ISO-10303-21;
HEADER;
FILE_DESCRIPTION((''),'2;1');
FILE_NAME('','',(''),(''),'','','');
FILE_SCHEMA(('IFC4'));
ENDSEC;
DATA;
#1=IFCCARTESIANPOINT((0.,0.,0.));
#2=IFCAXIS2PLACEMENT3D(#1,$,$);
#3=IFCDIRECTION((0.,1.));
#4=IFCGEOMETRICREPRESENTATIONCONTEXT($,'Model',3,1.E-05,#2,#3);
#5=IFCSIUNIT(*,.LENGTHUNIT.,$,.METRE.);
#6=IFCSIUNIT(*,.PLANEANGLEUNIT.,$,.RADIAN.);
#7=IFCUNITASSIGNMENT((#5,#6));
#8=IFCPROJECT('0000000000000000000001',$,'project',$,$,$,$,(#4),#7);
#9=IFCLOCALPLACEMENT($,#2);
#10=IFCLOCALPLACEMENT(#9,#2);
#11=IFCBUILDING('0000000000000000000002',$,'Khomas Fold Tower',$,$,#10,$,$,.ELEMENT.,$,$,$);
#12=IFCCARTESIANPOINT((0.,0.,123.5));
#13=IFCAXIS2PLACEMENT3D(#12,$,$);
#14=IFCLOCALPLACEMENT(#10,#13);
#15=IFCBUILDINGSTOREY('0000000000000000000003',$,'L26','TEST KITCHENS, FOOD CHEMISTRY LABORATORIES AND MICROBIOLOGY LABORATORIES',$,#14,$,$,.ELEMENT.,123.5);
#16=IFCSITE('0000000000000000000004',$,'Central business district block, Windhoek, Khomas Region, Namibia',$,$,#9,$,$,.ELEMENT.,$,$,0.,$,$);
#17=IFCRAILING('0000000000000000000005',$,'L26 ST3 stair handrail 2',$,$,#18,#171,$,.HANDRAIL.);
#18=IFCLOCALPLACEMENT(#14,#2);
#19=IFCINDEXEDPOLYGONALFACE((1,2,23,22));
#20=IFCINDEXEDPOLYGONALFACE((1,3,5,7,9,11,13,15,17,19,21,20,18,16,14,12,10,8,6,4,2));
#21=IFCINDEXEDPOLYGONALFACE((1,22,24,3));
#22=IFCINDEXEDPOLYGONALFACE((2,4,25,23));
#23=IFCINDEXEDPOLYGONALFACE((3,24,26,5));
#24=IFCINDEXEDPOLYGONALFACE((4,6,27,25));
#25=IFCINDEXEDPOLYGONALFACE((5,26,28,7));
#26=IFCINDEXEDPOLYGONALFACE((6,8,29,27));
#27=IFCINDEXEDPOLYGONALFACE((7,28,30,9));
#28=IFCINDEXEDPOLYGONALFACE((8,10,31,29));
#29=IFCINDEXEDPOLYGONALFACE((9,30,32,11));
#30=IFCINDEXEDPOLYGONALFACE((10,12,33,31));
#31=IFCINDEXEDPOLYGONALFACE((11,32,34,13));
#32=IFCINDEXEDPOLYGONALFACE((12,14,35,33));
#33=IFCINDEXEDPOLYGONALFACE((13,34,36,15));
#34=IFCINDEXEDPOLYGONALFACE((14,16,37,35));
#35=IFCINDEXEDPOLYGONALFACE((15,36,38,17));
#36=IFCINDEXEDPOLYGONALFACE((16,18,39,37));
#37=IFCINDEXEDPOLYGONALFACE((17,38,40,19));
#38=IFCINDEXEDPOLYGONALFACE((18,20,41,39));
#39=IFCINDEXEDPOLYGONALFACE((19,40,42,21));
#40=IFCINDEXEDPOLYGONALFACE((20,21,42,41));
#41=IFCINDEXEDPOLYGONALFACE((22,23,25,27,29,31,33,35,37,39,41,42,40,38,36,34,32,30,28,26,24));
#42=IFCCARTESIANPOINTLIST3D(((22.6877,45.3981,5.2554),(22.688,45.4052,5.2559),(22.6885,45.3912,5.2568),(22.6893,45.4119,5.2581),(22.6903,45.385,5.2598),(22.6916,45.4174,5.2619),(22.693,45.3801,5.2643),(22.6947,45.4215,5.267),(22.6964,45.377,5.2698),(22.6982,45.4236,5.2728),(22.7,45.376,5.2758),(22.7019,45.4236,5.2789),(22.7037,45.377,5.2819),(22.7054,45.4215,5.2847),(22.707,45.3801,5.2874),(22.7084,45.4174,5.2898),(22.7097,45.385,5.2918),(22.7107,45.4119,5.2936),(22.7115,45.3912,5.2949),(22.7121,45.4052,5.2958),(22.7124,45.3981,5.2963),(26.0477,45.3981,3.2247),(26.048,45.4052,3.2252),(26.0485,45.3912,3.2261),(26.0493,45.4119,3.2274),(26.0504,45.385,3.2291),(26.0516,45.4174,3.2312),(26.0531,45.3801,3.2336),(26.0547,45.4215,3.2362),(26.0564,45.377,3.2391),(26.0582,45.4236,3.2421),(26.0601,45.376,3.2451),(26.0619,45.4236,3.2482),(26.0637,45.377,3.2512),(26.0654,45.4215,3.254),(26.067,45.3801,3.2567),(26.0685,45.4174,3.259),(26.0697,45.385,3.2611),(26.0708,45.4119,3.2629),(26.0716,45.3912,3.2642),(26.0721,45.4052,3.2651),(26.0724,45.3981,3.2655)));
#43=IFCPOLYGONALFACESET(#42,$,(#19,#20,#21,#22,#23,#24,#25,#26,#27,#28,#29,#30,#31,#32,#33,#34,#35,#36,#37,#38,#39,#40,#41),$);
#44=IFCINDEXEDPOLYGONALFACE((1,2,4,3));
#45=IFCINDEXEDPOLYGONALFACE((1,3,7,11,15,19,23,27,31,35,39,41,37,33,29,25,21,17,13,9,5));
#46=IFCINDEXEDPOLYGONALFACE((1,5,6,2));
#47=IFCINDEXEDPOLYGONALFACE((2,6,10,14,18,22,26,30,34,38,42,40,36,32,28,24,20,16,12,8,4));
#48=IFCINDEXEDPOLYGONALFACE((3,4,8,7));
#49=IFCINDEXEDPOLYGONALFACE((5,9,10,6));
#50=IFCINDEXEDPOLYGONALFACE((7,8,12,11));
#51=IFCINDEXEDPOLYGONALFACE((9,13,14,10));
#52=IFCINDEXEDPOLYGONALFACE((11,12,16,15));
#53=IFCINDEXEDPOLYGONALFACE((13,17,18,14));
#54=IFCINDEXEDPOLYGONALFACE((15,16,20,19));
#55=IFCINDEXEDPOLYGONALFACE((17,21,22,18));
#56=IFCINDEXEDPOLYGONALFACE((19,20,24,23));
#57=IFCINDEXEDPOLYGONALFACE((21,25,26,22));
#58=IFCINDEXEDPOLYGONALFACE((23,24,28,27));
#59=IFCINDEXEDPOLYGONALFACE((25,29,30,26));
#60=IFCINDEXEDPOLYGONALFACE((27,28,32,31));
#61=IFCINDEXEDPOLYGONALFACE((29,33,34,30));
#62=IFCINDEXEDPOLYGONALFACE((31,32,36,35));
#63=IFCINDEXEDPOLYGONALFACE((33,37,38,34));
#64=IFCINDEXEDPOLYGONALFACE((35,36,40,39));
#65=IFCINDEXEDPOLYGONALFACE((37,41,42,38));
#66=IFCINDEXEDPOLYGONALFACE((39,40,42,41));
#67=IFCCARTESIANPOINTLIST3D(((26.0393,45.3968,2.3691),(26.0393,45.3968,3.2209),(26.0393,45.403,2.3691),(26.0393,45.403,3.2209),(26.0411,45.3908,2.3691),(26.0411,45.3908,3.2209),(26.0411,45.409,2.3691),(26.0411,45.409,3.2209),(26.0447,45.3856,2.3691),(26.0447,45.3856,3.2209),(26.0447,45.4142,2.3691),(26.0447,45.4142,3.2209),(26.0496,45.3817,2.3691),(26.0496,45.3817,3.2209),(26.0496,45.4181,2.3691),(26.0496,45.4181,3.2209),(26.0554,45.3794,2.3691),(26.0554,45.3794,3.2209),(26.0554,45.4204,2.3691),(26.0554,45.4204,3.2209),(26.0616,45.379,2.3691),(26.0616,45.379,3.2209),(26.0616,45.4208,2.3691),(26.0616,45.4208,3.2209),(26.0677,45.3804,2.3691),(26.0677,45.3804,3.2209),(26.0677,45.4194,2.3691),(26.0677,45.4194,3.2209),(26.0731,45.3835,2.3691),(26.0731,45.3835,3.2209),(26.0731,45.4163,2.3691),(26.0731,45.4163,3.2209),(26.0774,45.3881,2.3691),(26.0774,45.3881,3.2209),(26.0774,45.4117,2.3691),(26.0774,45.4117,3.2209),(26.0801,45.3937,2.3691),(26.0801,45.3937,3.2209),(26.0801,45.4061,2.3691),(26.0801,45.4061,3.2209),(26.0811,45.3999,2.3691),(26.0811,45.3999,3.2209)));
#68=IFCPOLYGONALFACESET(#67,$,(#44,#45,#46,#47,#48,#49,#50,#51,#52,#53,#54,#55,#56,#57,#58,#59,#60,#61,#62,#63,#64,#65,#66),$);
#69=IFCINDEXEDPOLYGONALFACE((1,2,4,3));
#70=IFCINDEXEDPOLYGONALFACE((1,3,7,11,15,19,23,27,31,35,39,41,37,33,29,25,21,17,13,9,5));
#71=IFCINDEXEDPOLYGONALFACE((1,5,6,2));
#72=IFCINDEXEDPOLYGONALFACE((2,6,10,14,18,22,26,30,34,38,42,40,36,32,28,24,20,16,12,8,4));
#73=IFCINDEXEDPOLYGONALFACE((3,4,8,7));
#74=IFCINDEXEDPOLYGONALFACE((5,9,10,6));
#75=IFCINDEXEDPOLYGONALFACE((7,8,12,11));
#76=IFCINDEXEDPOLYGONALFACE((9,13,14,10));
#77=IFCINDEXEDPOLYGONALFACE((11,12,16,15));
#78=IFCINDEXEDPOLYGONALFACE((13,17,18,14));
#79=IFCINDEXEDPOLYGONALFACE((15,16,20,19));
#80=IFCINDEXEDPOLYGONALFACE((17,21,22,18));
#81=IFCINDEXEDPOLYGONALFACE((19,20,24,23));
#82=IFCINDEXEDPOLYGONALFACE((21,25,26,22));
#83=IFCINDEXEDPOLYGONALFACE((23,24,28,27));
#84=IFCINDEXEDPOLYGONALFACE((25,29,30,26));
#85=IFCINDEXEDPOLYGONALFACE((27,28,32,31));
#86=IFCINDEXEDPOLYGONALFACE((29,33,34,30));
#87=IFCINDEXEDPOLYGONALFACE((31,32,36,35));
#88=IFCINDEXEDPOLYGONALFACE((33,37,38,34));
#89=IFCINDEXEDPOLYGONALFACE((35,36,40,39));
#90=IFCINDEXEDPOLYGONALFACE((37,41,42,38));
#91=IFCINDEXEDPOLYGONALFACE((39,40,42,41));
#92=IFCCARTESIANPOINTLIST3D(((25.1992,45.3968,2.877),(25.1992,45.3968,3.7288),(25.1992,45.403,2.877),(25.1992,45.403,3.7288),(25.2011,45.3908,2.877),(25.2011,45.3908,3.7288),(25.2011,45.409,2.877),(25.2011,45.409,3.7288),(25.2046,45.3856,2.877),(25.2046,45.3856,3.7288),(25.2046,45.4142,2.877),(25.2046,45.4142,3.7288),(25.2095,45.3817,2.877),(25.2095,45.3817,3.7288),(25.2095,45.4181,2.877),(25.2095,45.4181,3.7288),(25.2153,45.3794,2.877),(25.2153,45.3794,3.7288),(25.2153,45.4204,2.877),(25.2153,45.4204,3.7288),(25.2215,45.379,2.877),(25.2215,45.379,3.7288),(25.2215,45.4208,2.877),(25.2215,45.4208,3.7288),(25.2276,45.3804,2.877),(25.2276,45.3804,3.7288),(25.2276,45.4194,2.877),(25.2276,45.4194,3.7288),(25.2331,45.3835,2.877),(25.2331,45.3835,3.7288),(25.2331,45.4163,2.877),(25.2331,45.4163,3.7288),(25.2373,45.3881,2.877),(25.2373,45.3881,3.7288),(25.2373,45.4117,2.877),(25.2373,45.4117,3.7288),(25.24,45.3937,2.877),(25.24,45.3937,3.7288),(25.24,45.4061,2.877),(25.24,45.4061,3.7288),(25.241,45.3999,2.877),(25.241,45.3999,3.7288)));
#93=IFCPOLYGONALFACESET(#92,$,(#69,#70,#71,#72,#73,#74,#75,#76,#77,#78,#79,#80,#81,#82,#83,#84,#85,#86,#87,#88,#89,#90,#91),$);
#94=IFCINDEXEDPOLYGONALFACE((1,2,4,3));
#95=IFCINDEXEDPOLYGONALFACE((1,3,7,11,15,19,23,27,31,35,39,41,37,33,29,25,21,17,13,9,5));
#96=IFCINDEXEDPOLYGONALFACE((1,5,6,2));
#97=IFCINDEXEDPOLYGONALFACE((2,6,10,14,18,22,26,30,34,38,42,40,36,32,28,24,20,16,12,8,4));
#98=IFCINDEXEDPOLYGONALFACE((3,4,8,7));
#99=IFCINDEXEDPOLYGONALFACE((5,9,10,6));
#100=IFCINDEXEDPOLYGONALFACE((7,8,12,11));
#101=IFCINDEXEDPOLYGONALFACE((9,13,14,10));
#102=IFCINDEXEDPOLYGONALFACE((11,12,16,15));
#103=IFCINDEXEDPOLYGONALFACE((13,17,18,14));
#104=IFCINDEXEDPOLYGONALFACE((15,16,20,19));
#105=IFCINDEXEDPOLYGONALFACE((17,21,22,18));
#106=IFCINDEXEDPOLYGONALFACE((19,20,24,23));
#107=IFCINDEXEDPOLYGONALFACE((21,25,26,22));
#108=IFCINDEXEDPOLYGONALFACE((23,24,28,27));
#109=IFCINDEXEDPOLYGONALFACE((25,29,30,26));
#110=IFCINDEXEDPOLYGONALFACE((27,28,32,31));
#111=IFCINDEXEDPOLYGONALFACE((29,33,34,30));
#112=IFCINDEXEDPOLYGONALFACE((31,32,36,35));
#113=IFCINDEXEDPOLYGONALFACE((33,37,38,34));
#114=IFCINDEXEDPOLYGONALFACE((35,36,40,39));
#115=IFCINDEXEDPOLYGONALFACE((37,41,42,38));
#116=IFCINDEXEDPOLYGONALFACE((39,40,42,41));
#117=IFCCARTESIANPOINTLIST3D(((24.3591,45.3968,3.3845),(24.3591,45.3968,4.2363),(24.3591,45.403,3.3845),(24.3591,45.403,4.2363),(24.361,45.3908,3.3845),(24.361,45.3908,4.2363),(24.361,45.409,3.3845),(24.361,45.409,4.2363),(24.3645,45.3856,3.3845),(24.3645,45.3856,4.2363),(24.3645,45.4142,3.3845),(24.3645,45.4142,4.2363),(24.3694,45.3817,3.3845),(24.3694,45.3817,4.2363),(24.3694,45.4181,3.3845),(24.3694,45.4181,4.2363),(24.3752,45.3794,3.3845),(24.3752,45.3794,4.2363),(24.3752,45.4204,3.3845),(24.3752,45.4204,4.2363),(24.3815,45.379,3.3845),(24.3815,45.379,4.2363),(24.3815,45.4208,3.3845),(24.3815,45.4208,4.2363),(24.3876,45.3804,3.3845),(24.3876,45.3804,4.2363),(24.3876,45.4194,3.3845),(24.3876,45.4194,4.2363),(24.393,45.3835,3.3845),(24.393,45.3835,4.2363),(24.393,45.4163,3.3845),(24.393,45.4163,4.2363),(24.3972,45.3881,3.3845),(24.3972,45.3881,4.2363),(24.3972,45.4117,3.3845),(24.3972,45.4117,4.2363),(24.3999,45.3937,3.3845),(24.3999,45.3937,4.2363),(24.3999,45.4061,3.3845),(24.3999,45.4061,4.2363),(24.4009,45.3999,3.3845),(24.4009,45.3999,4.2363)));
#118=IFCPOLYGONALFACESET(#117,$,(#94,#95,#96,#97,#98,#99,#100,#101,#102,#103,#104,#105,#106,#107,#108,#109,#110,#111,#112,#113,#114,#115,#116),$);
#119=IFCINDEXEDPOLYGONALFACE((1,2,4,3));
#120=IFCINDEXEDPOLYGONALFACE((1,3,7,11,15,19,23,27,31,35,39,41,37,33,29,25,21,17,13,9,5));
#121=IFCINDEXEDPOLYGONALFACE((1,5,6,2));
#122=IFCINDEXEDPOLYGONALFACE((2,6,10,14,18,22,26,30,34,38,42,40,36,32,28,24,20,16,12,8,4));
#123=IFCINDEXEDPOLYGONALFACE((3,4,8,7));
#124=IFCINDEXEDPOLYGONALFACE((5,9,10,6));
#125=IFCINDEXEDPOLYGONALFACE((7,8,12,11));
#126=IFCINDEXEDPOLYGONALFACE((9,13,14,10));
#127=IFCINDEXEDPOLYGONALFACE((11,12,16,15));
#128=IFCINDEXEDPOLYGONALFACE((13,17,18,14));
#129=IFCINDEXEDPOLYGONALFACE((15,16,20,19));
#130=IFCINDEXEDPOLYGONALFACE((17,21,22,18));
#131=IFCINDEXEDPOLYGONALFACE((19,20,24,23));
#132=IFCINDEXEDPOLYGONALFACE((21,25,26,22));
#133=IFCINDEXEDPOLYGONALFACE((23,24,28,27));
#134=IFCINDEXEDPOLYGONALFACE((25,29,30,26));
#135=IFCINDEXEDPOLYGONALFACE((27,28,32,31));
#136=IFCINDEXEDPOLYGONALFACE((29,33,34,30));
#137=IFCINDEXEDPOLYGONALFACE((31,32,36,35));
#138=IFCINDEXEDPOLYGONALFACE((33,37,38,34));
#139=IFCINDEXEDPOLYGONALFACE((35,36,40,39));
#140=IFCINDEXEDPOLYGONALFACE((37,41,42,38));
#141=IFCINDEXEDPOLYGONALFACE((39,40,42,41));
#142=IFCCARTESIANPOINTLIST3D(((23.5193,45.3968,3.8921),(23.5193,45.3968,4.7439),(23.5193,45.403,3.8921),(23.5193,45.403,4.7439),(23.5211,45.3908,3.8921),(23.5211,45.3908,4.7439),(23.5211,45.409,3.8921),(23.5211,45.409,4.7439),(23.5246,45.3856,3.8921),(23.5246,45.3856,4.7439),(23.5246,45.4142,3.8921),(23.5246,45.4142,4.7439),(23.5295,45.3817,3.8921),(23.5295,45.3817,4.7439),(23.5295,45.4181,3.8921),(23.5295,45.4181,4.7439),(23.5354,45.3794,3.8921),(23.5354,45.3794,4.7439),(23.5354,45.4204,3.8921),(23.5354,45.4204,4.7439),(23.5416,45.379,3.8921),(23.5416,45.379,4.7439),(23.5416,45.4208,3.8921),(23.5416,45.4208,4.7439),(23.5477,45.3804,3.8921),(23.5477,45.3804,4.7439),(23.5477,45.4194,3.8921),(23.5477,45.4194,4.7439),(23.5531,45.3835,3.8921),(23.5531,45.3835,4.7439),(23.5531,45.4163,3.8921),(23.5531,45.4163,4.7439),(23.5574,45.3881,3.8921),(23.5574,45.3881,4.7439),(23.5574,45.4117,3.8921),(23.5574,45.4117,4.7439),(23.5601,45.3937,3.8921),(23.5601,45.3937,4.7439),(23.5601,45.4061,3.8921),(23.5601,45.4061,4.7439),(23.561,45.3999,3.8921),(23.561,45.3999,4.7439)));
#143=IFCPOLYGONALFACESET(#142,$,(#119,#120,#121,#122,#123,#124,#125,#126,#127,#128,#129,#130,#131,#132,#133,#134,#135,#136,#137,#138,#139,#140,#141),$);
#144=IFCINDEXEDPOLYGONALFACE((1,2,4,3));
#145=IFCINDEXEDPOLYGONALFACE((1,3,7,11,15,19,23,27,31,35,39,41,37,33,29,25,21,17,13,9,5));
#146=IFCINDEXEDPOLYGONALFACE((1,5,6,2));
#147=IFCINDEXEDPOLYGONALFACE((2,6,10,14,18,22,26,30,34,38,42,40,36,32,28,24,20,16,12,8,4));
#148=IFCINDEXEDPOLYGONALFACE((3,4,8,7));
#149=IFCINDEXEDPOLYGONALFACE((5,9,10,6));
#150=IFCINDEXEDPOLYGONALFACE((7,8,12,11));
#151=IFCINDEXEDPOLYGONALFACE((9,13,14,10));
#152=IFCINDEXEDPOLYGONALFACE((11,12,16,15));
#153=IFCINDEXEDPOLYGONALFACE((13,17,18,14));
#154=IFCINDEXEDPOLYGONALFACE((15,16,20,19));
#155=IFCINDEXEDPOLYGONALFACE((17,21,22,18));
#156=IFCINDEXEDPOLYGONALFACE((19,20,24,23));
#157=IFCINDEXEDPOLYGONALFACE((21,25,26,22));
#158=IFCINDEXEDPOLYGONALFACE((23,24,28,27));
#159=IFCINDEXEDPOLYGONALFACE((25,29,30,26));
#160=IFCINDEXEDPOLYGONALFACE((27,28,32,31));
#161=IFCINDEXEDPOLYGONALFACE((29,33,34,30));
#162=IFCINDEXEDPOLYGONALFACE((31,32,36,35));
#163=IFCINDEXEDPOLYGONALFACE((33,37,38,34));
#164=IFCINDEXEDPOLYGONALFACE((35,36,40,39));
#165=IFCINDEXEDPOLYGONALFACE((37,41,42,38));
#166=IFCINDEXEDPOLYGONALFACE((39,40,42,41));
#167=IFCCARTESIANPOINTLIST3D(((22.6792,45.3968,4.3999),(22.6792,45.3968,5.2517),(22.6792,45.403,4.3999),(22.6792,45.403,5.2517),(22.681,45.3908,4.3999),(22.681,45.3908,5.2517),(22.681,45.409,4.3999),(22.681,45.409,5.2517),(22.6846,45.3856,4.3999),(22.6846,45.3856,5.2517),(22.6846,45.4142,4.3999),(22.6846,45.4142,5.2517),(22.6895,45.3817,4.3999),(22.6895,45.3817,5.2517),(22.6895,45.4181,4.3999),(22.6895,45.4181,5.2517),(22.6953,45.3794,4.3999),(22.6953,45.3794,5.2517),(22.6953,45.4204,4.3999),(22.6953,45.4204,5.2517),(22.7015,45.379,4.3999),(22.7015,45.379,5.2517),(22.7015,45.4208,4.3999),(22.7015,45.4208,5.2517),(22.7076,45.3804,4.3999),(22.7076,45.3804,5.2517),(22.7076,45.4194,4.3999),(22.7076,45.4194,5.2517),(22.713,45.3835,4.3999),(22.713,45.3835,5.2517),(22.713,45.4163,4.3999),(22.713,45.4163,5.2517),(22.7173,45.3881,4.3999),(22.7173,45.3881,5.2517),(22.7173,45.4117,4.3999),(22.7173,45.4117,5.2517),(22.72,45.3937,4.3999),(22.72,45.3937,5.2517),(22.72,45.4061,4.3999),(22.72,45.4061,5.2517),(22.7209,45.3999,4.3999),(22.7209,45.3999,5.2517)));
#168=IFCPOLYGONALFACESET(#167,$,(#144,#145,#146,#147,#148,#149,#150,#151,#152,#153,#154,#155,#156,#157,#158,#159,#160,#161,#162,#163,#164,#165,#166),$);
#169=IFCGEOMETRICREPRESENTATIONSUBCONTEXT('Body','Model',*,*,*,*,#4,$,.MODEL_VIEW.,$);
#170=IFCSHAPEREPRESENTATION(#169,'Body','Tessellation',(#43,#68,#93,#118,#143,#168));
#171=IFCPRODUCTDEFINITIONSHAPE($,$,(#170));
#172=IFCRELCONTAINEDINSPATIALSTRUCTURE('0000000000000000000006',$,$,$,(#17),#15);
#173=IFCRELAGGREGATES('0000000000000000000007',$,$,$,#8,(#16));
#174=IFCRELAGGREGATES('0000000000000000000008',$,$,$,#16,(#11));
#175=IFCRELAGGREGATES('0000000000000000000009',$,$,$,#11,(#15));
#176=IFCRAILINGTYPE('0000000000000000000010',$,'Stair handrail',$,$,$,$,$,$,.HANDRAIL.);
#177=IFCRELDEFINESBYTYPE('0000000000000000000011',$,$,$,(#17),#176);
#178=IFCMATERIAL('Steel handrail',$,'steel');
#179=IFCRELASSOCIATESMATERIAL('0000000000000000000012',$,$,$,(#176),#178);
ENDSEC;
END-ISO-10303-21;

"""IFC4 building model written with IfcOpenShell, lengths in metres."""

from ifc_helpers import new_model, si_unit, direction, frame, origin, origin_2d, place, context, subcontext, project, spatial, circle, extrude, source, transform, mapped, material, type_object, element, save


model = new_model("IFC4")

# Units and contexts
model_context = context("Model", 3, precision=1e-05, world=origin(), true_north=direction((0.0, 1.0)))
body_context = subcontext(model_context, "Body", "Model", "MODEL_VIEW")
ifc_project = project(units=[si_unit("LENGTHUNIT", "METRE"), si_unit("PLANEANGLEUNIT", "RADIAN")], contexts=[model_context])

# Site, building, storey
site_placement = place(None, origin())
site = spatial("IfcSite", under=ifc_project, at=site_placement, Name="Central business district block, Windhoek, Khomas Region, Namibia", CompositionType="ELEMENT", RefElevation=0.0)
building_placement = place(site_placement, origin())
building = spatial("IfcBuilding", under=site, at=building_placement, Name="Khomas Fold Tower", CompositionType="ELEMENT")
storey_placement = place(building_placement, frame((0.0, 0.0, 123.5)))
storey = spatial("IfcBuildingStorey", under=building, at=storey_placement, Name="L26", Description="TEST KITCHENS, FOOD CHEMISTRY LABORATORIES AND MICROBIOLOGY LABORATORIES", CompositionType="ELEMENT", Elevation=123.5)

# Railing
ifc_material_1 = material(Name="Steel handrail", Category="steel")
railing_type_1 = type_object("IfcRailingType", Name="Stair handrail", PredefinedType="HANDRAIL", material=ifc_material_1)
shared_shape_1 = source(origin(), body_context, "Body", "SweptSolid", [
    extrude(circle(Radius=0.0239, at=origin_2d()), frame((0.0, 0.0, 0.876), z_axis=(-0.855837, 0.0, 0.517246), x_axis=(0.0, -1.0, 0.0)), (0.0, 0.0, 1.0), 3.926),
    extrude(circle(Radius=0.021, at=origin_2d()), origin(), (0.0, 0.0, 1.0), 0.8518),
    extrude(circle(Radius=0.021, at=origin_2d()), frame((-0.8401, 0.0, 0.5078)), (0.0, 0.0, 1.0), 0.8518),
    extrude(circle(Radius=0.021, at=origin_2d()), frame((-1.6802, 0.0, 1.0154)), (0.0, 0.0, 1.0), 0.8518),
    extrude(circle(Radius=0.021, at=origin_2d()), frame((-2.52, 0.0, 1.5229)), (0.0, 0.0, 1.0), 0.8518),
    extrude(circle(Radius=0.021, at=origin_2d()), frame((-3.3601, 0.0, 2.0308)), (0.0, 0.0, 1.0), 0.8518),
])
railing_1_placement = place(storey_placement, frame((26.0601, 45.3999, 2.3691)))
element("IfcRailing", 1, at=railing_1_placement, inside=storey, type_object=railing_type_1, Name="L26 ST3 stair handrail 2", PredefinedType="HANDRAIL", context=body_context, shape_type="MappedRepresentation", body=[
    mapped(shared_shape_1, transform((0.0, 0.0, 0.0))),
])

save(model, "model.ifc")
